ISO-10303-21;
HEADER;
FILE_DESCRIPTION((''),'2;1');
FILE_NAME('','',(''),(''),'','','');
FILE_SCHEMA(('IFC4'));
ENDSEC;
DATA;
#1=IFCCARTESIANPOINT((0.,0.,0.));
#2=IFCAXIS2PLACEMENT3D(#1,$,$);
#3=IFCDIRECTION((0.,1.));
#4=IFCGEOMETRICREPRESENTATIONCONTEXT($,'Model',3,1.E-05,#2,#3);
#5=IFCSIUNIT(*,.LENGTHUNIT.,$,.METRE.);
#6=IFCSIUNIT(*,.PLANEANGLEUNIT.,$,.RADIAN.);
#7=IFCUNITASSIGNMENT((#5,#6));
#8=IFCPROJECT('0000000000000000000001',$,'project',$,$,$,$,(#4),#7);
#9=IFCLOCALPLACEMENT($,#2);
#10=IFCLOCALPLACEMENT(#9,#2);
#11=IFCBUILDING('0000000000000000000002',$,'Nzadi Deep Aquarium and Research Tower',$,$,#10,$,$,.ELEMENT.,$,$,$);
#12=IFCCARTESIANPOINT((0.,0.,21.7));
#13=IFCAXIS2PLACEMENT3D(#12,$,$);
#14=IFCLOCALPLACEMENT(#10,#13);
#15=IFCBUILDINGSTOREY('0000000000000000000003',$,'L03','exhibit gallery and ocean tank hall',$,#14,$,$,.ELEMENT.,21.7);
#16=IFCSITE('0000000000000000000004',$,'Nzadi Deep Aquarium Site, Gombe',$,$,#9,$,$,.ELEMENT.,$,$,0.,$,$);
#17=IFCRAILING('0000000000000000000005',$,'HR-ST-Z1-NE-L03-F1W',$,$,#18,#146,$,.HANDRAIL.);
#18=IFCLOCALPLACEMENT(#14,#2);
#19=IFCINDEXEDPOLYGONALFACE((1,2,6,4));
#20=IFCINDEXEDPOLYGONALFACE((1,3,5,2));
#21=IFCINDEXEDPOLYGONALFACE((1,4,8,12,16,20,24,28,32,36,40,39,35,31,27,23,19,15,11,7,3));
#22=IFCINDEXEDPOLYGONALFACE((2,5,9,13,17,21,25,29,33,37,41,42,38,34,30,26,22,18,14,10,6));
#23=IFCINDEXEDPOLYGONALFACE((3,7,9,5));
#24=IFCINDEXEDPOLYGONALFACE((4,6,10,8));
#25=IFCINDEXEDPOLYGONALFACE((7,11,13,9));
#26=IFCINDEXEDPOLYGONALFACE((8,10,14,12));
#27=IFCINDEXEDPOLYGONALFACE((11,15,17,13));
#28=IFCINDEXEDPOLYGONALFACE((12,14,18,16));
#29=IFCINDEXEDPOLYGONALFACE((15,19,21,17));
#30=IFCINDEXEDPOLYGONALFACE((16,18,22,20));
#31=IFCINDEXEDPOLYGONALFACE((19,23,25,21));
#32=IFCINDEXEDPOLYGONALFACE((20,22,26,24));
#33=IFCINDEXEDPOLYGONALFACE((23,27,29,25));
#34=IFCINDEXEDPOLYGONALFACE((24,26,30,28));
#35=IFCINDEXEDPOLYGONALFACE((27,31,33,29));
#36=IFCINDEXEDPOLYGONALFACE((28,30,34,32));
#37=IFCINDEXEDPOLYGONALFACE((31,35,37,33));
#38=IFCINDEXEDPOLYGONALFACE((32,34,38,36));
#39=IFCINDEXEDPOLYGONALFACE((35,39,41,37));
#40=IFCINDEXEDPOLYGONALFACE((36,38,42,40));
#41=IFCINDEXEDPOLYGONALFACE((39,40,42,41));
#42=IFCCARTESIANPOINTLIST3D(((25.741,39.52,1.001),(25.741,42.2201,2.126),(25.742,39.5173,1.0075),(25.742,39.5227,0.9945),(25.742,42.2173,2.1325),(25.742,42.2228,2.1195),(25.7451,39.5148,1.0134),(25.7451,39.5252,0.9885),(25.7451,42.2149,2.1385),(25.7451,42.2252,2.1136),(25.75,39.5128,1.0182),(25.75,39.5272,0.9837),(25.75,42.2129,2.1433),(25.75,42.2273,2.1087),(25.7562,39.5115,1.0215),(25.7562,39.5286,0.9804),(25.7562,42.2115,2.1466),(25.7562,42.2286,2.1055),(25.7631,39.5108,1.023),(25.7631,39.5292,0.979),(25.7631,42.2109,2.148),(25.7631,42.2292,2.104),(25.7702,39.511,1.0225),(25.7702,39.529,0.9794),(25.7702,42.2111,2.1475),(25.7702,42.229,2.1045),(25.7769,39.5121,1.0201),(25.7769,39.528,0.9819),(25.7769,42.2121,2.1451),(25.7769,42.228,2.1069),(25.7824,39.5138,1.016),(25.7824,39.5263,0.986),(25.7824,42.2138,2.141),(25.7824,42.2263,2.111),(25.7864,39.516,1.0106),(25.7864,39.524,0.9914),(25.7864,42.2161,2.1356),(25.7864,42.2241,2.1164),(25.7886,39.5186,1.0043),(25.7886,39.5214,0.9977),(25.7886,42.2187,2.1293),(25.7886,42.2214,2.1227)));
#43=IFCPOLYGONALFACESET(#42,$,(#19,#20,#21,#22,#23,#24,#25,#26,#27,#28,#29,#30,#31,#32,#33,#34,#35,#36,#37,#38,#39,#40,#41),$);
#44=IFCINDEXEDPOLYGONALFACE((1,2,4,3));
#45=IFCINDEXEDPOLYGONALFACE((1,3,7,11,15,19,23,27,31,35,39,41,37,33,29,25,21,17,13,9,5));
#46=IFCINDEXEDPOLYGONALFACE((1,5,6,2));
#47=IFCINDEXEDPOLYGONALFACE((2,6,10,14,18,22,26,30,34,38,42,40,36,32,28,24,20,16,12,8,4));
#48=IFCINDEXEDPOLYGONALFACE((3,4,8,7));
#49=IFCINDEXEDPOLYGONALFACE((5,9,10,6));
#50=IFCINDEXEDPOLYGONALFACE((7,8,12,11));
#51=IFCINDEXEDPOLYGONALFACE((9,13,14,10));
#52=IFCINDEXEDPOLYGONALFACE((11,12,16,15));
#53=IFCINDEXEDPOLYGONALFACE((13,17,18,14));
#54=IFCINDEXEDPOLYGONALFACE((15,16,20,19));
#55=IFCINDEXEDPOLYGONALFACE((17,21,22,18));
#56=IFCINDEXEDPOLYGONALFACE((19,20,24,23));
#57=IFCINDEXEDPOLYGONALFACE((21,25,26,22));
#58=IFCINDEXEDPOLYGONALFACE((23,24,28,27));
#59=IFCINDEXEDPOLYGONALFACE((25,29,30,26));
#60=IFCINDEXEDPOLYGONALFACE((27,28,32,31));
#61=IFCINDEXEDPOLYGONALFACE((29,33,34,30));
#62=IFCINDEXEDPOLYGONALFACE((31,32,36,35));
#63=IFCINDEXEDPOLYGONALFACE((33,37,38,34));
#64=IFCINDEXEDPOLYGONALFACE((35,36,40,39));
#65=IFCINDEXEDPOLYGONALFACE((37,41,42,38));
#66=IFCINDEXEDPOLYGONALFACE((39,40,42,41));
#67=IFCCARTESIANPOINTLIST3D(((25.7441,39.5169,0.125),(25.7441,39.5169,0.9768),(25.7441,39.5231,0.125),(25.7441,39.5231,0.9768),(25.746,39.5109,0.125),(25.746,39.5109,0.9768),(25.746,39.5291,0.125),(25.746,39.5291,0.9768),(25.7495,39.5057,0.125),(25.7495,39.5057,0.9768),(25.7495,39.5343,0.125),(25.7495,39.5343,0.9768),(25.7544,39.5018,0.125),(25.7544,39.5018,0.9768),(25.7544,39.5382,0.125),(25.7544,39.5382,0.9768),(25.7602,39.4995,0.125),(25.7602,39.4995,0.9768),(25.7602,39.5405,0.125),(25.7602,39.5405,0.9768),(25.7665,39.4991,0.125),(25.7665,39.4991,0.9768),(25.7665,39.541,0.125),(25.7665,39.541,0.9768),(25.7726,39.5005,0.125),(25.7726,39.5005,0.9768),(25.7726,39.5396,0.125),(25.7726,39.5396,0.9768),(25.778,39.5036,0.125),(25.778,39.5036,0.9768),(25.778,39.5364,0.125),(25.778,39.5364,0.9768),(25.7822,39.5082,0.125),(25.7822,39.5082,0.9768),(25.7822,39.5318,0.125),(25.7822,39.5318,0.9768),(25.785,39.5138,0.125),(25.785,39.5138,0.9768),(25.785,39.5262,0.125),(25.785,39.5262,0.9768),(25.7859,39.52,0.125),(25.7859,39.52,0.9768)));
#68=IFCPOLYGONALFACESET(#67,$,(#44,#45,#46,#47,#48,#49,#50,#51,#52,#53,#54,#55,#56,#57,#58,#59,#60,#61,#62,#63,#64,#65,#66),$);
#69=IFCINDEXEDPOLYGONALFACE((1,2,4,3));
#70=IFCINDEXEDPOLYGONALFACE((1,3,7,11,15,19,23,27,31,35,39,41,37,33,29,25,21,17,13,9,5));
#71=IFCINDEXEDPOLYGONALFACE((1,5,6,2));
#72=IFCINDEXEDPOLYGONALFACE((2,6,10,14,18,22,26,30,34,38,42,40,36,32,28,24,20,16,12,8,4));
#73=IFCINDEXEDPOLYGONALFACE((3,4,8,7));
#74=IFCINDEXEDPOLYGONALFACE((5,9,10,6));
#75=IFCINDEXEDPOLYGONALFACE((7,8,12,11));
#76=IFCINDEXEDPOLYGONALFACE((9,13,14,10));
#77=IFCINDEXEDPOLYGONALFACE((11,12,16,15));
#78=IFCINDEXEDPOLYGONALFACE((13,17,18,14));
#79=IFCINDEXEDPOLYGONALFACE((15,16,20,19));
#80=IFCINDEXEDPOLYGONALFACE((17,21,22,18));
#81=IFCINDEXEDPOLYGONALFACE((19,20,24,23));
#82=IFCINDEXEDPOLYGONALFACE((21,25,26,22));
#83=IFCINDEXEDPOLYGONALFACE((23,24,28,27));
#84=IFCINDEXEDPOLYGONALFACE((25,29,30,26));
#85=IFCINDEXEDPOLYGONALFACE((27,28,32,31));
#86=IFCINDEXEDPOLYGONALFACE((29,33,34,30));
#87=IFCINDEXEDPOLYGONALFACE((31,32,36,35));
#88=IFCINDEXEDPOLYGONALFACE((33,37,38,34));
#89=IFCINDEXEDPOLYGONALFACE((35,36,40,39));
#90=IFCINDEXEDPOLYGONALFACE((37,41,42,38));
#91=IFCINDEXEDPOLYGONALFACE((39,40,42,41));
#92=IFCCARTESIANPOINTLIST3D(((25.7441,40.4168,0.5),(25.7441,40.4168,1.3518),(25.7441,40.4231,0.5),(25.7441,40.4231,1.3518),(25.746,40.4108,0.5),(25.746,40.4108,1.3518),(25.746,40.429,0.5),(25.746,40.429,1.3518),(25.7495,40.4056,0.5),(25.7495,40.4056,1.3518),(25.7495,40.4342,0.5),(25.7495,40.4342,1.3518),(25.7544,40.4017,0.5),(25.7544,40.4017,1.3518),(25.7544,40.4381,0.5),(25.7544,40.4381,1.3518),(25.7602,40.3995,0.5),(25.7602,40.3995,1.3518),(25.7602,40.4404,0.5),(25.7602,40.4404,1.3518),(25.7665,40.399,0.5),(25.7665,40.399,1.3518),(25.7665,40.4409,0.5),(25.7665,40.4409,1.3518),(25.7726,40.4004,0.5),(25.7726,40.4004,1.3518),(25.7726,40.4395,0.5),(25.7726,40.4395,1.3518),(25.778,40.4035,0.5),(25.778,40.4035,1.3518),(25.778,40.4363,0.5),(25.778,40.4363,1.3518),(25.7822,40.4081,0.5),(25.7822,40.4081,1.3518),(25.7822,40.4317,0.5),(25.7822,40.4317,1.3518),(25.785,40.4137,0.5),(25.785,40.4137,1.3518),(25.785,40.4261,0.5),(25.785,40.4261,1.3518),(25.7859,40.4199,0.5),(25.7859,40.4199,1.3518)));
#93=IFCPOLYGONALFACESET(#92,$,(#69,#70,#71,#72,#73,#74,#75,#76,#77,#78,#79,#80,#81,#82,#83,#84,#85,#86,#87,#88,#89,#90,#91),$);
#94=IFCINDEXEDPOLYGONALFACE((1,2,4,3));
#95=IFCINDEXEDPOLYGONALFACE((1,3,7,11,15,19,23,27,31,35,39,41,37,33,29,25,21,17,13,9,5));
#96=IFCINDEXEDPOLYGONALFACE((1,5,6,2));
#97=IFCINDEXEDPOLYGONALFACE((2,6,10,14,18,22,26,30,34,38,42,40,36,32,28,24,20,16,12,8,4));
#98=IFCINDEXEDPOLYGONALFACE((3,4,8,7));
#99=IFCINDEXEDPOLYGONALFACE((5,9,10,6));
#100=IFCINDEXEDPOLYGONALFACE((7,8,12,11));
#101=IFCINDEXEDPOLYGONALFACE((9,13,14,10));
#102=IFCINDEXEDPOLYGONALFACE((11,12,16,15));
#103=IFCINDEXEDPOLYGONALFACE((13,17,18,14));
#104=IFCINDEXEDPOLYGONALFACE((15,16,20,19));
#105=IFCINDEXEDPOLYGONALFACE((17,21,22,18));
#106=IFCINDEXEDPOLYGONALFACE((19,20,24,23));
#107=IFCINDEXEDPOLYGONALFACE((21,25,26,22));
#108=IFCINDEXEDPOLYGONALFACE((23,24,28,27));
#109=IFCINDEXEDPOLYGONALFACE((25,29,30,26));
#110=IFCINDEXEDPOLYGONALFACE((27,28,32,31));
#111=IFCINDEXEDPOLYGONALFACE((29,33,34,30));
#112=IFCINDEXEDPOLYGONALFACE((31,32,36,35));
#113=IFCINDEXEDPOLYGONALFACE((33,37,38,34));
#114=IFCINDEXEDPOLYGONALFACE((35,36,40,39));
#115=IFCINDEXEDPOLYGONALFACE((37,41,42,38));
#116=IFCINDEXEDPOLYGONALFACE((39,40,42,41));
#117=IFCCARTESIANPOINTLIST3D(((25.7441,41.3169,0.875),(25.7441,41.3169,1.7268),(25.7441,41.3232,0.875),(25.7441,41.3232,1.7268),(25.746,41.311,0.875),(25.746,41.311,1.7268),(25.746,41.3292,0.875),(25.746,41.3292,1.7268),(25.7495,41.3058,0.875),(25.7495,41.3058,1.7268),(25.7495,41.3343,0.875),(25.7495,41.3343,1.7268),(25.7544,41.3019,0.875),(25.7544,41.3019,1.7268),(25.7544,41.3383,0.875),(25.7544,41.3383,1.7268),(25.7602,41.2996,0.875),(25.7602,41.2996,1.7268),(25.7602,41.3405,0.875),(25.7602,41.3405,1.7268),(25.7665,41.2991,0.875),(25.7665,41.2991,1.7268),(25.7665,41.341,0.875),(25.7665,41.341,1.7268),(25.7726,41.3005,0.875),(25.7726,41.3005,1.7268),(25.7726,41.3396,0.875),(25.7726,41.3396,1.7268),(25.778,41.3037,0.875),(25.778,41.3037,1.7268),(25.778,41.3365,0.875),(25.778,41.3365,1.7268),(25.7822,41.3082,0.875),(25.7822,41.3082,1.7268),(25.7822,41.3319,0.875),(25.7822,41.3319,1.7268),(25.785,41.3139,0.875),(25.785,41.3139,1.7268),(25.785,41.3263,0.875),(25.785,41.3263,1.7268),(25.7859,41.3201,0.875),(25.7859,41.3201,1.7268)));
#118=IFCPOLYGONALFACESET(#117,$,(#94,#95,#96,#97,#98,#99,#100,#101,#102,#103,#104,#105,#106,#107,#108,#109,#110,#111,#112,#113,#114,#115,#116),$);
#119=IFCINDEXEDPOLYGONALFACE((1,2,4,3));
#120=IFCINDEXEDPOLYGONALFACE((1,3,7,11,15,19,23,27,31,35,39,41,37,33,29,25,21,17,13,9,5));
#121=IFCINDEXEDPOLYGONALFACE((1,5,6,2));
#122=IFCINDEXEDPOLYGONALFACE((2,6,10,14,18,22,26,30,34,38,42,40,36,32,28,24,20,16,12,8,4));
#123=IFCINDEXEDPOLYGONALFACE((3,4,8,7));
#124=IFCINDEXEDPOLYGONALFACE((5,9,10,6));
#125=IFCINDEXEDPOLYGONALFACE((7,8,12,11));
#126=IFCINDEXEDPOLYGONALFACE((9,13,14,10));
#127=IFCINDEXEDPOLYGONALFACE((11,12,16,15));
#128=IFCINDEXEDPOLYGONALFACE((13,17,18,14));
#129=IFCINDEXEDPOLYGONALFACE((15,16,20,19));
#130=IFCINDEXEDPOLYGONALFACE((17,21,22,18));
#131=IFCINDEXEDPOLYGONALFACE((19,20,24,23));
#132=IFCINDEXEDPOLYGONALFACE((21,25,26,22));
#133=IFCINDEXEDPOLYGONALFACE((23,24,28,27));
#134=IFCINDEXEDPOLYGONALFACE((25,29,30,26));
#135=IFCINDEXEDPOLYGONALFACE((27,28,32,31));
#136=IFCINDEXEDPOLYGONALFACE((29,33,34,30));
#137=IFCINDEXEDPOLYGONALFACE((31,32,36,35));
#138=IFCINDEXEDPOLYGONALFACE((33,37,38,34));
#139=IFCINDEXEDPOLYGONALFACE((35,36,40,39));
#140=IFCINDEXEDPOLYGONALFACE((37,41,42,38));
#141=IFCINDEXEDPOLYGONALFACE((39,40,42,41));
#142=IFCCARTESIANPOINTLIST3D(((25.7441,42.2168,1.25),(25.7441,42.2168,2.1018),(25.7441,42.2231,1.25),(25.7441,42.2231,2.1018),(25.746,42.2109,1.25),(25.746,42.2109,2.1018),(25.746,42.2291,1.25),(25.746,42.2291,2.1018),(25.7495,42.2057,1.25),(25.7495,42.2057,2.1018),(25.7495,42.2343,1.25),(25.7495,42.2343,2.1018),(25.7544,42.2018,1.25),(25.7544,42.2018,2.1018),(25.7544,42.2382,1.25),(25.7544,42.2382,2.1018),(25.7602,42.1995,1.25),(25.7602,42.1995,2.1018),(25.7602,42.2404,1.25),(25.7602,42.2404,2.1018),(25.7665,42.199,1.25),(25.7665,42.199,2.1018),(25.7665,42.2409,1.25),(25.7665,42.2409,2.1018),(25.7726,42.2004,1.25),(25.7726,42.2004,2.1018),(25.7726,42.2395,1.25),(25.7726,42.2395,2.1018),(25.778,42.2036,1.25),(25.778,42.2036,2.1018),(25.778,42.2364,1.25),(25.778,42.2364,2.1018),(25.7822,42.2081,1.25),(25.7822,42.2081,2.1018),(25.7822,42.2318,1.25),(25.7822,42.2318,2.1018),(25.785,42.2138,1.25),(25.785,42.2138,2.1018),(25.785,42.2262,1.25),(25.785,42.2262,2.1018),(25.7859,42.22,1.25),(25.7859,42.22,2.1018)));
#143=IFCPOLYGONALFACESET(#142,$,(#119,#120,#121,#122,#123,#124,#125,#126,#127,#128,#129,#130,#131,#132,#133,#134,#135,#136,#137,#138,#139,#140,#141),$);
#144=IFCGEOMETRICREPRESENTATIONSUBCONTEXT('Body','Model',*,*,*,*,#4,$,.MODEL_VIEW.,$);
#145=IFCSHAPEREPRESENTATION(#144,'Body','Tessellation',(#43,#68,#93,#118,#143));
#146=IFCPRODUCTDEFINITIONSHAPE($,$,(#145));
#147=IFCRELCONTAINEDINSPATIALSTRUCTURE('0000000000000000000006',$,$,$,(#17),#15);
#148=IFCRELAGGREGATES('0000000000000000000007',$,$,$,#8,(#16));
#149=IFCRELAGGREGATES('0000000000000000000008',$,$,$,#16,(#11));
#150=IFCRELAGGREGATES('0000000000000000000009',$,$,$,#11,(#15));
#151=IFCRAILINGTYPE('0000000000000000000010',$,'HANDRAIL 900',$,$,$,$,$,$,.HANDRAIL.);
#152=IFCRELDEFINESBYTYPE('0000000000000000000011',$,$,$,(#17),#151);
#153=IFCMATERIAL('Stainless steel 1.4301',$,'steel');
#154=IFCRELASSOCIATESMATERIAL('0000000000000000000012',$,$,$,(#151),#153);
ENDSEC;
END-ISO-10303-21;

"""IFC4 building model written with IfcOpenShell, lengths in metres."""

from ifc_helpers import new_model, si_unit, direction, frame, origin, origin_2d, place, context, subcontext, project, spatial, circle, extrude, material, type_object, element, save


model = new_model("IFC4")

# Units and contexts
model_context = context("Model", 3, precision=1e-05, world=origin(), true_north=direction((0.0, 1.0)))
body_context = subcontext(model_context, "Body", "Model", "MODEL_VIEW")
ifc_project = project(units=[si_unit("LENGTHUNIT", "METRE"), si_unit("PLANEANGLEUNIT", "RADIAN")], contexts=[model_context])

# Site, building, storey
site_placement = place(None, origin())
site = spatial("IfcSite", under=ifc_project, at=site_placement, Name="Nzadi Deep Aquarium Site, Gombe", CompositionType="ELEMENT", RefElevation=0.0)
building_placement = place(site_placement, origin())
building = spatial("IfcBuilding", under=site, at=building_placement, Name="Nzadi Deep Aquarium and Research Tower", CompositionType="ELEMENT")
storey_placement = place(building_placement, frame((0.0, 0.0, 21.7)))
storey = spatial("IfcBuildingStorey", under=building, at=storey_placement, Name="L03", Description="exhibit gallery and ocean tank hall", CompositionType="ELEMENT", Elevation=21.7)

# Railing
ifc_material_1 = material(Name="Stainless steel 1.4301", Category="steel")
railing_type = type_object("IfcRailingType", Name="HANDRAIL 900", PredefinedType="HANDRAIL", material=ifc_material_1)
railing_1_placement = place(storey_placement, frame((25.7649, 39.52, 0.125)))
element("IfcRailing", 1, at=railing_1_placement, inside=storey, type_object=railing_type, Name="HR-ST-Z1-NE-L03-F1W", PredefinedType="HANDRAIL", context=body_context, shape_type="SweptSolid", body=[
    extrude(circle(Radius=0.0239, at=origin_2d()), frame((0.0, 0.0, 0.876), z_axis=(0.0, 0.923074, 0.384621), x_axis=(-1.0, 0.0, 0.0)), (0.0, 0.0, 1.0), 2.925),
    extrude(circle(Radius=0.021, at=origin_2d()), origin(), (0.0, 0.0, 1.0), 0.8518),
    extrude(circle(Radius=0.021, at=origin_2d()), frame((0.0, 0.8999, 0.375)), (0.0, 0.0, 1.0), 0.8518),
    extrude(circle(Radius=0.021, at=origin_2d()), frame((0.0, 1.8, 0.75)), (0.0, 0.0, 1.0), 0.8518),
    extrude(circle(Radius=0.021, at=origin_2d()), frame((0.0, 2.7, 1.125)), (0.0, 0.0, 1.0), 0.8518),
])

save(model, "model.ifc")
